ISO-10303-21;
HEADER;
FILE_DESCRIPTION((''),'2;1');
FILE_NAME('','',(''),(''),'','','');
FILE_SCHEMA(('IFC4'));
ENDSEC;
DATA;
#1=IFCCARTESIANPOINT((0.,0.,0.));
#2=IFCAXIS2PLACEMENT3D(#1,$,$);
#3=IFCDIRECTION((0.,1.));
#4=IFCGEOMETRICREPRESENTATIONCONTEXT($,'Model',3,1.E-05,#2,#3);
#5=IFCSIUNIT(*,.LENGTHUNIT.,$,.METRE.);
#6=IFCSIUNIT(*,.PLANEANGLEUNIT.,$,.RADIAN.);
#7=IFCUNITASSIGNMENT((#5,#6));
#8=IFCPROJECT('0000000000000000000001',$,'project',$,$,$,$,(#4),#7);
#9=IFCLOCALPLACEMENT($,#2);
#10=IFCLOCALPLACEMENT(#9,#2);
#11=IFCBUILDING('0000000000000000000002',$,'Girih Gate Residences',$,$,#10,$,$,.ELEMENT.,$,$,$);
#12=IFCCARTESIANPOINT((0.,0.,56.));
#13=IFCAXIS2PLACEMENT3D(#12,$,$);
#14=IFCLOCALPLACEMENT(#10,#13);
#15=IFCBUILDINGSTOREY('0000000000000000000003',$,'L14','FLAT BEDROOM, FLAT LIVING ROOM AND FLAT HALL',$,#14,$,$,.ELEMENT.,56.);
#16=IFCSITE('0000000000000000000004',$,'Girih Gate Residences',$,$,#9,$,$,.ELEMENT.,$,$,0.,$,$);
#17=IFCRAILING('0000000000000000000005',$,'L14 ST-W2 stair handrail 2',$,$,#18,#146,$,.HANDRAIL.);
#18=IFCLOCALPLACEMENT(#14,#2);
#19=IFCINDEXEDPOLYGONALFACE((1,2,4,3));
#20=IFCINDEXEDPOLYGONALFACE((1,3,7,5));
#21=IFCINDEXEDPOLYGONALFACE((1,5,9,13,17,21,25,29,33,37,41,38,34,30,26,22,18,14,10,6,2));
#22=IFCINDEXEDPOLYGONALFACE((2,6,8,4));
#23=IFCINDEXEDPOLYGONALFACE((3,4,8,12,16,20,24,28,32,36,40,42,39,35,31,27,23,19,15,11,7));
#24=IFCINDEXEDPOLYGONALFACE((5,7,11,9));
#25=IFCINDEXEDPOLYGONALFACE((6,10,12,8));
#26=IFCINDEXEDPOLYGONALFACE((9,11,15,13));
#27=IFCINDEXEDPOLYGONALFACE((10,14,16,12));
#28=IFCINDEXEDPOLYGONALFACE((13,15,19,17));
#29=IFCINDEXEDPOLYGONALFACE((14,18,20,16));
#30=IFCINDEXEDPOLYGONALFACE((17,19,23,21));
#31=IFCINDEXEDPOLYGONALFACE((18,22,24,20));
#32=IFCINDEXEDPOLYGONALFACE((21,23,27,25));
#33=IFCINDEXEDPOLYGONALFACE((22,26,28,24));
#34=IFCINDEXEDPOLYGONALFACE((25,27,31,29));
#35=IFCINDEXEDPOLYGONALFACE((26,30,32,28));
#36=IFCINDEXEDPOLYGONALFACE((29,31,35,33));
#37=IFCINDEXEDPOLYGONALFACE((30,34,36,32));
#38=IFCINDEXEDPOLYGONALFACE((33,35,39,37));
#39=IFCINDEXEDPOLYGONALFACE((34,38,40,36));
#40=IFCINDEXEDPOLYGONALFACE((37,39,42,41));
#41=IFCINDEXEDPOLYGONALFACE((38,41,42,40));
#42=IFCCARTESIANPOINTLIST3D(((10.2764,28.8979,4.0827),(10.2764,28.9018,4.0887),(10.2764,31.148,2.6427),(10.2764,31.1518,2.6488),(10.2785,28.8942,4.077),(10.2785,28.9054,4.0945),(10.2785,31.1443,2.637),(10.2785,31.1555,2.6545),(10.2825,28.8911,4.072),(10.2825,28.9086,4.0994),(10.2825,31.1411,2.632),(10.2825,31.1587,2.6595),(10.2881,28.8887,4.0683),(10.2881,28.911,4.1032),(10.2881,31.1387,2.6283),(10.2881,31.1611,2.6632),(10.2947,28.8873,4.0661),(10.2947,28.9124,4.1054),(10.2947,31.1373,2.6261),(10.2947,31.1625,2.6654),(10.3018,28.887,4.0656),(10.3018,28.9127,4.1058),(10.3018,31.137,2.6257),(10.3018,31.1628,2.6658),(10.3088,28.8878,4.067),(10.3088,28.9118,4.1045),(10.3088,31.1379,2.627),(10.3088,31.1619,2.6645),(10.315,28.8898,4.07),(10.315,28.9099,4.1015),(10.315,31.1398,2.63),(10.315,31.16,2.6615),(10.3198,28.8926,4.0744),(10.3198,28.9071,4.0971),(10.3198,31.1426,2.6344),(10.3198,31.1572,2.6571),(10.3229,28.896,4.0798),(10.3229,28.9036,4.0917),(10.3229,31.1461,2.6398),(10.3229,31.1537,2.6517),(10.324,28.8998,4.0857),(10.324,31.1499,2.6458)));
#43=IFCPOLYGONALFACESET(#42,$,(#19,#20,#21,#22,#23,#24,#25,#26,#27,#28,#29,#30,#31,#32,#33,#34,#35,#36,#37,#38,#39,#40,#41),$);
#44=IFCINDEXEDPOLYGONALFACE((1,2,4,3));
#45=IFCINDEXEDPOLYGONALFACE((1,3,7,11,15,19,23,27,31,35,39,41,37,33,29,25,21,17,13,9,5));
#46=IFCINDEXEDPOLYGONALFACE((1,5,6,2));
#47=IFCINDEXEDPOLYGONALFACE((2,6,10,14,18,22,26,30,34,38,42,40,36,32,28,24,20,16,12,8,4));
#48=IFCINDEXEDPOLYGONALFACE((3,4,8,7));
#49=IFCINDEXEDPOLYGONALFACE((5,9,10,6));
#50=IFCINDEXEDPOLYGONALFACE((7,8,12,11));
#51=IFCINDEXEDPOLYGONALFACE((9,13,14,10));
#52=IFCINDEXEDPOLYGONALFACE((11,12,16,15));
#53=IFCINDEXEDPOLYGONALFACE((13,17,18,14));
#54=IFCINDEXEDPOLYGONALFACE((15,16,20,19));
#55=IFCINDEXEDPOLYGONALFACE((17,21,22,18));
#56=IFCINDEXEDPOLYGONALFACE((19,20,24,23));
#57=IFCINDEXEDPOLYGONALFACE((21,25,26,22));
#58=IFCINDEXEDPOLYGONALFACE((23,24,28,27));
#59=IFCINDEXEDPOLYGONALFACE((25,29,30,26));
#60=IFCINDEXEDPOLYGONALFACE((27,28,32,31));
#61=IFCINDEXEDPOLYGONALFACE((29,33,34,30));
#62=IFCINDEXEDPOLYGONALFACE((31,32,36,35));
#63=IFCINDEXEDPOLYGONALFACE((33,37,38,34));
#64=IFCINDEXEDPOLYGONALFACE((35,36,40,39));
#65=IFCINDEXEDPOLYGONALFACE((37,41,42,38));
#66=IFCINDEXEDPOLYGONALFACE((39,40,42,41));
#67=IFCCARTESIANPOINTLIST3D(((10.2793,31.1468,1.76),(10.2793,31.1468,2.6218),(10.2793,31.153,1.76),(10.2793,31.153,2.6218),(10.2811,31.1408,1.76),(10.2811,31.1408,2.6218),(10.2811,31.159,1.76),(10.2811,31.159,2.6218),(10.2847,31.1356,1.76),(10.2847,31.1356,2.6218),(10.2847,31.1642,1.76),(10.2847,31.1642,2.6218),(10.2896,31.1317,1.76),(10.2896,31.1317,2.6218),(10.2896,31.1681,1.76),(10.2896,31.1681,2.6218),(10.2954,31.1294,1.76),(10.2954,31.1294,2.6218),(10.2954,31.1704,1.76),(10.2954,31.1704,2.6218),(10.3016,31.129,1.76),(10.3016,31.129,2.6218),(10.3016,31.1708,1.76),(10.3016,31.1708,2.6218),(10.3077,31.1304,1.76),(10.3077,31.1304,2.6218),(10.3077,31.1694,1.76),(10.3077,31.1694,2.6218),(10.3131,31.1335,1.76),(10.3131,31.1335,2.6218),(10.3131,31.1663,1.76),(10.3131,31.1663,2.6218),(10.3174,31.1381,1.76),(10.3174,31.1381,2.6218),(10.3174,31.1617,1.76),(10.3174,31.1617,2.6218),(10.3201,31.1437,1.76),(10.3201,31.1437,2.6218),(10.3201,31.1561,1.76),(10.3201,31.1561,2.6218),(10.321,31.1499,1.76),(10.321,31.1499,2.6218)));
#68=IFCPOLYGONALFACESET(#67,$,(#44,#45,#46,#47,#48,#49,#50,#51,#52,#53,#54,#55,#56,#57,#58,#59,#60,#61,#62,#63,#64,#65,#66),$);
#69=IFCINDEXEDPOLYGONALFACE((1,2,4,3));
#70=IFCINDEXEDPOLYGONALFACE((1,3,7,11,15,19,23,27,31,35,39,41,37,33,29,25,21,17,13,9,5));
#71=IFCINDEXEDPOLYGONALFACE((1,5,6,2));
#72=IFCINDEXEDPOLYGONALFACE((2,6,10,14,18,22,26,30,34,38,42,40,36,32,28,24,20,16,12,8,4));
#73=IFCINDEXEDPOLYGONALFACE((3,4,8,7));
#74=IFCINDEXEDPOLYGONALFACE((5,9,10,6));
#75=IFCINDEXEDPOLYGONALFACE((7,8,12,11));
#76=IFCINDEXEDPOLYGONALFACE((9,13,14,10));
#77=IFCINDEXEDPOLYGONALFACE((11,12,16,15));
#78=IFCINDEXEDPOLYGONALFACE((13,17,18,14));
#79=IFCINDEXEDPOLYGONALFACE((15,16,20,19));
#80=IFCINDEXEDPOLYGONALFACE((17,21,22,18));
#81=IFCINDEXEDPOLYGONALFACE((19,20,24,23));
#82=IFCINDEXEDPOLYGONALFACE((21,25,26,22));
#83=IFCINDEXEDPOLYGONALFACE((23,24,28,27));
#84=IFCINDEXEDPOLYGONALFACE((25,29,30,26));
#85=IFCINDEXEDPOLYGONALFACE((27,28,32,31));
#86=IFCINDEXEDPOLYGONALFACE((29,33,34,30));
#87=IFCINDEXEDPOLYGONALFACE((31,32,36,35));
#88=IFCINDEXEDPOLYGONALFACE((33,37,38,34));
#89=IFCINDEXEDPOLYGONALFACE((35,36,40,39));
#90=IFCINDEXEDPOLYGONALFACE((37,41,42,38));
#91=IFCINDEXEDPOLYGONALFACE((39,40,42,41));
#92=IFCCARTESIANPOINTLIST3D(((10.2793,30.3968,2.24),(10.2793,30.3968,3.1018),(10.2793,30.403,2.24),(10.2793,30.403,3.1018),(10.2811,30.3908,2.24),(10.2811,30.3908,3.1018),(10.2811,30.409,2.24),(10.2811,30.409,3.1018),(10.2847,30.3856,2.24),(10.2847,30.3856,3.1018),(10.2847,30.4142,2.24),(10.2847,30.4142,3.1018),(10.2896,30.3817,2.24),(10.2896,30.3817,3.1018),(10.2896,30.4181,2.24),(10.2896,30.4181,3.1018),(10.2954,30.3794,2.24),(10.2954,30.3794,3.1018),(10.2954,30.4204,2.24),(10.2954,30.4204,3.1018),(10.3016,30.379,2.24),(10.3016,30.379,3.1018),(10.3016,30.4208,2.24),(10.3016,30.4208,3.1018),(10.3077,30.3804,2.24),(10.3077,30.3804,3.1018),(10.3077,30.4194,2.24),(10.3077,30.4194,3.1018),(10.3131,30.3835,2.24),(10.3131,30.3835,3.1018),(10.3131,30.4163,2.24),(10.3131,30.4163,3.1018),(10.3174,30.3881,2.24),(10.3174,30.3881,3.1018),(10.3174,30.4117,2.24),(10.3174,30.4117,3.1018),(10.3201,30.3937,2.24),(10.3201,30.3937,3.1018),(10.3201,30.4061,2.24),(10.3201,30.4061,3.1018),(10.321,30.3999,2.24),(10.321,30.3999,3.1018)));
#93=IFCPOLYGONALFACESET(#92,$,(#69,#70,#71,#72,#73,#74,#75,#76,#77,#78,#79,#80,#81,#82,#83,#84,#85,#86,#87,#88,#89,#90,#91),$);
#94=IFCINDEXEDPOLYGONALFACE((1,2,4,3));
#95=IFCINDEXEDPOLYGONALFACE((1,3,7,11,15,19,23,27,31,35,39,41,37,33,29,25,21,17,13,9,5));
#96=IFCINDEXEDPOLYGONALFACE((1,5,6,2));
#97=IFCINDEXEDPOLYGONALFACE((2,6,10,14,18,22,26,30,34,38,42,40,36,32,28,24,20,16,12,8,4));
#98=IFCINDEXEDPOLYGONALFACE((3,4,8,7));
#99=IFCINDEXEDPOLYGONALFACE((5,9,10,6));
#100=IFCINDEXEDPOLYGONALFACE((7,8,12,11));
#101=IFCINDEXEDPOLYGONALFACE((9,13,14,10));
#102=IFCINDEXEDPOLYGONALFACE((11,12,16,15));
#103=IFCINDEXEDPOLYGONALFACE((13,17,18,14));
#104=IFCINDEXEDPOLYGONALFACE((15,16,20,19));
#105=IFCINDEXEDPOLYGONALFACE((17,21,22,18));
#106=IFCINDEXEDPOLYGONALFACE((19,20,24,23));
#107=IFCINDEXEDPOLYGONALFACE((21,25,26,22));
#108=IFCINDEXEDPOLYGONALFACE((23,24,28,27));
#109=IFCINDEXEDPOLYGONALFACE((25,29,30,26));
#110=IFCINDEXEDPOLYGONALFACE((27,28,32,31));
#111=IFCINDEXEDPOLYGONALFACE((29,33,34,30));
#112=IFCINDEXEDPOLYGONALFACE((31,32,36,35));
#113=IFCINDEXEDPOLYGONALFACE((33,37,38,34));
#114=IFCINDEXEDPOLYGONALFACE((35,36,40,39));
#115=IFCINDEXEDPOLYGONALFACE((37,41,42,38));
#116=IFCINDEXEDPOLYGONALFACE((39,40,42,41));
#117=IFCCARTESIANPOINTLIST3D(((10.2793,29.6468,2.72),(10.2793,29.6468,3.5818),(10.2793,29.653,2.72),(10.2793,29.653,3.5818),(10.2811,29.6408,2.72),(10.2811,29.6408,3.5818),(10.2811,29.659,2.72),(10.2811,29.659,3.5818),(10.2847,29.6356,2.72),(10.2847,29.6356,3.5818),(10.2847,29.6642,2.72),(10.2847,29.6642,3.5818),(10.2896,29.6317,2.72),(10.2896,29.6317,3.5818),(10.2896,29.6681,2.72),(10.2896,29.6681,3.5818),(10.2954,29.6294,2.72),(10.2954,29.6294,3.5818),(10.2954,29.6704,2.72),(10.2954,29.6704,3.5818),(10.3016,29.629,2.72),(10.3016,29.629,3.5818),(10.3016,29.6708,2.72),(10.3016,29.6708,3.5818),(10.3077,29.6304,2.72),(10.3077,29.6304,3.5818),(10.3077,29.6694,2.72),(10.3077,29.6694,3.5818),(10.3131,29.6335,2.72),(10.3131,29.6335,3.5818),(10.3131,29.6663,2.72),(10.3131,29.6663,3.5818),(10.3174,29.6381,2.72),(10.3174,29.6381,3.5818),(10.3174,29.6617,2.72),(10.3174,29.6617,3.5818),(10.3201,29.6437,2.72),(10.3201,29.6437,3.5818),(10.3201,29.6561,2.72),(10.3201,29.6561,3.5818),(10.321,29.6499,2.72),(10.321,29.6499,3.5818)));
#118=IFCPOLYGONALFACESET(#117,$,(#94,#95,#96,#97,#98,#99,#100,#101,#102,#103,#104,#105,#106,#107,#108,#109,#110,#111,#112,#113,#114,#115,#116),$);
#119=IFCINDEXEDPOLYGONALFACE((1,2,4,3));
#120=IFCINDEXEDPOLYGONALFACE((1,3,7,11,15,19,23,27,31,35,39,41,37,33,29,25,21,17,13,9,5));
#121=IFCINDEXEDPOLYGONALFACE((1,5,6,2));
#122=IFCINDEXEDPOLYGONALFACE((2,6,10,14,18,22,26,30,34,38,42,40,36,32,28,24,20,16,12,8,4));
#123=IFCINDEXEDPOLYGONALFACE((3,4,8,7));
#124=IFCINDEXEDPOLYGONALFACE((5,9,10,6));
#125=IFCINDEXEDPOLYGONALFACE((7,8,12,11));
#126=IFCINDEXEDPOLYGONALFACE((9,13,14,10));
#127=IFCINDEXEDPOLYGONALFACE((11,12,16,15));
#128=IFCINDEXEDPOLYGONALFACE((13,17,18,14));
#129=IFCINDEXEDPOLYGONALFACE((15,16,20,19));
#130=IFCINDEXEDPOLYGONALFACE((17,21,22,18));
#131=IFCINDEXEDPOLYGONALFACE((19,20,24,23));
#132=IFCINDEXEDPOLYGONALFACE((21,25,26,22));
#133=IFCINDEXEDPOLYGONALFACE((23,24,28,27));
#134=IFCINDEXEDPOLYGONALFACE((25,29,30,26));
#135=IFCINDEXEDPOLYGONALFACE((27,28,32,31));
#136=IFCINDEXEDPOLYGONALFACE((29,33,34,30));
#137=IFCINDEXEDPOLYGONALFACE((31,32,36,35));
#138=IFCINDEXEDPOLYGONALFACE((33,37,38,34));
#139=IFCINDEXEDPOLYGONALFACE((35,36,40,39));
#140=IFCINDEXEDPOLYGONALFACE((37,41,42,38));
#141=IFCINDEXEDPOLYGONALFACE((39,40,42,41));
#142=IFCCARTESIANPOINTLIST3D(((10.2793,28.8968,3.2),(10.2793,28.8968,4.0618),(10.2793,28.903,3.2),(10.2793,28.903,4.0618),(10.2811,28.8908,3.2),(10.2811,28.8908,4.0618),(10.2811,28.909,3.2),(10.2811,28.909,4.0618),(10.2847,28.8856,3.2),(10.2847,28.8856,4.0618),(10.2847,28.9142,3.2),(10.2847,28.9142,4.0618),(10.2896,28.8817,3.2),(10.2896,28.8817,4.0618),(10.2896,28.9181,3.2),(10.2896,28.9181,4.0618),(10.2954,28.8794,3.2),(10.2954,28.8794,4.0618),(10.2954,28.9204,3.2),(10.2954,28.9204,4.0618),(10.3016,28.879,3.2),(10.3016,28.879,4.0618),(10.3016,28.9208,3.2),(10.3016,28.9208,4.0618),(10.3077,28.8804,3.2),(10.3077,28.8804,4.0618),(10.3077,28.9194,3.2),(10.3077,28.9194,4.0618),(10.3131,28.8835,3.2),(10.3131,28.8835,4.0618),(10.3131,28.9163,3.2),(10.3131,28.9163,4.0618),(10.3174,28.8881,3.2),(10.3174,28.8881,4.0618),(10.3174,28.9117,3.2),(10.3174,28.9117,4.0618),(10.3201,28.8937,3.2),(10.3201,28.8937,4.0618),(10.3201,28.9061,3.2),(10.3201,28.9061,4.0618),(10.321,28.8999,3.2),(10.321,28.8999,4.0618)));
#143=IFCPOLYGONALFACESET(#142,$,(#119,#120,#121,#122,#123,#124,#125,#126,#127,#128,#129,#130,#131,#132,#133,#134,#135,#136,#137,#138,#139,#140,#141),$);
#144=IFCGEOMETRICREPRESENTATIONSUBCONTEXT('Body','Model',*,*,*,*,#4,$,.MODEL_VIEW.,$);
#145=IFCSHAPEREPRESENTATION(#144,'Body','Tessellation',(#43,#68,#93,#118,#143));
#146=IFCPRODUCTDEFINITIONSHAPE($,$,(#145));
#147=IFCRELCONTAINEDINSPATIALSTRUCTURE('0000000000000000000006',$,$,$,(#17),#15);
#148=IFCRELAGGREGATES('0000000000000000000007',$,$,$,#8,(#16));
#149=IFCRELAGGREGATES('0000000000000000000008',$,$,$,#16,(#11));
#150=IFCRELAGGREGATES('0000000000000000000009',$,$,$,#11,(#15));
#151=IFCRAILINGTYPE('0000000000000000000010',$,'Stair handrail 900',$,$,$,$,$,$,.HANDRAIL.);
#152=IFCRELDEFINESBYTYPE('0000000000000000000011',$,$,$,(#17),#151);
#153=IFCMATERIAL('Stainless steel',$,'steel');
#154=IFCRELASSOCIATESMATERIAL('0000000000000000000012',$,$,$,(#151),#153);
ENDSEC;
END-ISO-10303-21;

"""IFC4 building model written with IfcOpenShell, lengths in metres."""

from ifc_helpers import new_model, si_unit, direction, frame, origin, origin_2d, place, context, subcontext, project, spatial, circle, extrude, material, type_object, element, save


model = new_model("IFC4")

# Units and contexts
model_context = context("Model", 3, precision=1e-05, world=origin(), true_north=direction((0.0, 1.0)))
body_context = subcontext(model_context, "Body", "Model", "MODEL_VIEW")
ifc_project = project(units=[si_unit("LENGTHUNIT", "METRE"), si_unit("PLANEANGLEUNIT", "RADIAN")], contexts=[model_context])

# Site, building, storey
site_placement = place(None, origin())
site = spatial("IfcSite", under=ifc_project, at=site_placement, Name="Girih Gate Residences", CompositionType="ELEMENT", RefElevation=0.0)
building_placement = place(site_placement, origin())
building = spatial("IfcBuilding", under=site, at=building_placement, Name="Girih Gate Residences", CompositionType="ELEMENT")
storey_placement = place(building_placement, frame((0.0, 0.0, 56.0)))
storey = spatial("IfcBuildingStorey", under=building, at=storey_placement, Name="L14", Description="FLAT BEDROOM, FLAT LIVING ROOM AND FLAT HALL", CompositionType="ELEMENT", Elevation=56.0)

# Railing
ifc_material_1 = material(Name="Stainless steel", Category="steel")
railing_type_1 = type_object("IfcRailingType", Name="Stair handrail 900", PredefinedType="HANDRAIL", material=ifc_material_1)
railing_1_placement = place(storey_placement, frame((10.3, 31.1499, 1.76)))
element("IfcRailing", 1, at=railing_1_placement, inside=storey, type_object=railing_type_1, Name="L14 ST-W2 stair handrail 2", PredefinedType="HANDRAIL", context=body_context, shape_type="SweptSolid", body=[
    extrude(circle(Radius=0.0239, at=origin_2d()), frame((0.0, 0.0, 0.8857), z_axis=(0.0, -0.842281, 0.539038), x_axis=(1.0, 0.0, 0.0)), (0.0, 0.0, 1.0), 2.6714),
    extrude(circle(Radius=0.021, at=origin_2d()), origin(), (0.0, 0.0, 1.0), 0.8618),
    extrude(circle(Radius=0.021, at=origin_2d()), frame((0.0, -0.75, 0.48)), (0.0, 0.0, 1.0), 0.8618),
    extrude(circle(Radius=0.021, at=origin_2d()), frame((0.0, -1.5, 0.96)), (0.0, 0.0, 1.0), 0.8618),
    extrude(circle(Radius=0.021, at=origin_2d()), frame((0.0, -2.25, 1.4399)), (0.0, 0.0, 1.0), 0.8618),
])

save(model, "model.ifc")
